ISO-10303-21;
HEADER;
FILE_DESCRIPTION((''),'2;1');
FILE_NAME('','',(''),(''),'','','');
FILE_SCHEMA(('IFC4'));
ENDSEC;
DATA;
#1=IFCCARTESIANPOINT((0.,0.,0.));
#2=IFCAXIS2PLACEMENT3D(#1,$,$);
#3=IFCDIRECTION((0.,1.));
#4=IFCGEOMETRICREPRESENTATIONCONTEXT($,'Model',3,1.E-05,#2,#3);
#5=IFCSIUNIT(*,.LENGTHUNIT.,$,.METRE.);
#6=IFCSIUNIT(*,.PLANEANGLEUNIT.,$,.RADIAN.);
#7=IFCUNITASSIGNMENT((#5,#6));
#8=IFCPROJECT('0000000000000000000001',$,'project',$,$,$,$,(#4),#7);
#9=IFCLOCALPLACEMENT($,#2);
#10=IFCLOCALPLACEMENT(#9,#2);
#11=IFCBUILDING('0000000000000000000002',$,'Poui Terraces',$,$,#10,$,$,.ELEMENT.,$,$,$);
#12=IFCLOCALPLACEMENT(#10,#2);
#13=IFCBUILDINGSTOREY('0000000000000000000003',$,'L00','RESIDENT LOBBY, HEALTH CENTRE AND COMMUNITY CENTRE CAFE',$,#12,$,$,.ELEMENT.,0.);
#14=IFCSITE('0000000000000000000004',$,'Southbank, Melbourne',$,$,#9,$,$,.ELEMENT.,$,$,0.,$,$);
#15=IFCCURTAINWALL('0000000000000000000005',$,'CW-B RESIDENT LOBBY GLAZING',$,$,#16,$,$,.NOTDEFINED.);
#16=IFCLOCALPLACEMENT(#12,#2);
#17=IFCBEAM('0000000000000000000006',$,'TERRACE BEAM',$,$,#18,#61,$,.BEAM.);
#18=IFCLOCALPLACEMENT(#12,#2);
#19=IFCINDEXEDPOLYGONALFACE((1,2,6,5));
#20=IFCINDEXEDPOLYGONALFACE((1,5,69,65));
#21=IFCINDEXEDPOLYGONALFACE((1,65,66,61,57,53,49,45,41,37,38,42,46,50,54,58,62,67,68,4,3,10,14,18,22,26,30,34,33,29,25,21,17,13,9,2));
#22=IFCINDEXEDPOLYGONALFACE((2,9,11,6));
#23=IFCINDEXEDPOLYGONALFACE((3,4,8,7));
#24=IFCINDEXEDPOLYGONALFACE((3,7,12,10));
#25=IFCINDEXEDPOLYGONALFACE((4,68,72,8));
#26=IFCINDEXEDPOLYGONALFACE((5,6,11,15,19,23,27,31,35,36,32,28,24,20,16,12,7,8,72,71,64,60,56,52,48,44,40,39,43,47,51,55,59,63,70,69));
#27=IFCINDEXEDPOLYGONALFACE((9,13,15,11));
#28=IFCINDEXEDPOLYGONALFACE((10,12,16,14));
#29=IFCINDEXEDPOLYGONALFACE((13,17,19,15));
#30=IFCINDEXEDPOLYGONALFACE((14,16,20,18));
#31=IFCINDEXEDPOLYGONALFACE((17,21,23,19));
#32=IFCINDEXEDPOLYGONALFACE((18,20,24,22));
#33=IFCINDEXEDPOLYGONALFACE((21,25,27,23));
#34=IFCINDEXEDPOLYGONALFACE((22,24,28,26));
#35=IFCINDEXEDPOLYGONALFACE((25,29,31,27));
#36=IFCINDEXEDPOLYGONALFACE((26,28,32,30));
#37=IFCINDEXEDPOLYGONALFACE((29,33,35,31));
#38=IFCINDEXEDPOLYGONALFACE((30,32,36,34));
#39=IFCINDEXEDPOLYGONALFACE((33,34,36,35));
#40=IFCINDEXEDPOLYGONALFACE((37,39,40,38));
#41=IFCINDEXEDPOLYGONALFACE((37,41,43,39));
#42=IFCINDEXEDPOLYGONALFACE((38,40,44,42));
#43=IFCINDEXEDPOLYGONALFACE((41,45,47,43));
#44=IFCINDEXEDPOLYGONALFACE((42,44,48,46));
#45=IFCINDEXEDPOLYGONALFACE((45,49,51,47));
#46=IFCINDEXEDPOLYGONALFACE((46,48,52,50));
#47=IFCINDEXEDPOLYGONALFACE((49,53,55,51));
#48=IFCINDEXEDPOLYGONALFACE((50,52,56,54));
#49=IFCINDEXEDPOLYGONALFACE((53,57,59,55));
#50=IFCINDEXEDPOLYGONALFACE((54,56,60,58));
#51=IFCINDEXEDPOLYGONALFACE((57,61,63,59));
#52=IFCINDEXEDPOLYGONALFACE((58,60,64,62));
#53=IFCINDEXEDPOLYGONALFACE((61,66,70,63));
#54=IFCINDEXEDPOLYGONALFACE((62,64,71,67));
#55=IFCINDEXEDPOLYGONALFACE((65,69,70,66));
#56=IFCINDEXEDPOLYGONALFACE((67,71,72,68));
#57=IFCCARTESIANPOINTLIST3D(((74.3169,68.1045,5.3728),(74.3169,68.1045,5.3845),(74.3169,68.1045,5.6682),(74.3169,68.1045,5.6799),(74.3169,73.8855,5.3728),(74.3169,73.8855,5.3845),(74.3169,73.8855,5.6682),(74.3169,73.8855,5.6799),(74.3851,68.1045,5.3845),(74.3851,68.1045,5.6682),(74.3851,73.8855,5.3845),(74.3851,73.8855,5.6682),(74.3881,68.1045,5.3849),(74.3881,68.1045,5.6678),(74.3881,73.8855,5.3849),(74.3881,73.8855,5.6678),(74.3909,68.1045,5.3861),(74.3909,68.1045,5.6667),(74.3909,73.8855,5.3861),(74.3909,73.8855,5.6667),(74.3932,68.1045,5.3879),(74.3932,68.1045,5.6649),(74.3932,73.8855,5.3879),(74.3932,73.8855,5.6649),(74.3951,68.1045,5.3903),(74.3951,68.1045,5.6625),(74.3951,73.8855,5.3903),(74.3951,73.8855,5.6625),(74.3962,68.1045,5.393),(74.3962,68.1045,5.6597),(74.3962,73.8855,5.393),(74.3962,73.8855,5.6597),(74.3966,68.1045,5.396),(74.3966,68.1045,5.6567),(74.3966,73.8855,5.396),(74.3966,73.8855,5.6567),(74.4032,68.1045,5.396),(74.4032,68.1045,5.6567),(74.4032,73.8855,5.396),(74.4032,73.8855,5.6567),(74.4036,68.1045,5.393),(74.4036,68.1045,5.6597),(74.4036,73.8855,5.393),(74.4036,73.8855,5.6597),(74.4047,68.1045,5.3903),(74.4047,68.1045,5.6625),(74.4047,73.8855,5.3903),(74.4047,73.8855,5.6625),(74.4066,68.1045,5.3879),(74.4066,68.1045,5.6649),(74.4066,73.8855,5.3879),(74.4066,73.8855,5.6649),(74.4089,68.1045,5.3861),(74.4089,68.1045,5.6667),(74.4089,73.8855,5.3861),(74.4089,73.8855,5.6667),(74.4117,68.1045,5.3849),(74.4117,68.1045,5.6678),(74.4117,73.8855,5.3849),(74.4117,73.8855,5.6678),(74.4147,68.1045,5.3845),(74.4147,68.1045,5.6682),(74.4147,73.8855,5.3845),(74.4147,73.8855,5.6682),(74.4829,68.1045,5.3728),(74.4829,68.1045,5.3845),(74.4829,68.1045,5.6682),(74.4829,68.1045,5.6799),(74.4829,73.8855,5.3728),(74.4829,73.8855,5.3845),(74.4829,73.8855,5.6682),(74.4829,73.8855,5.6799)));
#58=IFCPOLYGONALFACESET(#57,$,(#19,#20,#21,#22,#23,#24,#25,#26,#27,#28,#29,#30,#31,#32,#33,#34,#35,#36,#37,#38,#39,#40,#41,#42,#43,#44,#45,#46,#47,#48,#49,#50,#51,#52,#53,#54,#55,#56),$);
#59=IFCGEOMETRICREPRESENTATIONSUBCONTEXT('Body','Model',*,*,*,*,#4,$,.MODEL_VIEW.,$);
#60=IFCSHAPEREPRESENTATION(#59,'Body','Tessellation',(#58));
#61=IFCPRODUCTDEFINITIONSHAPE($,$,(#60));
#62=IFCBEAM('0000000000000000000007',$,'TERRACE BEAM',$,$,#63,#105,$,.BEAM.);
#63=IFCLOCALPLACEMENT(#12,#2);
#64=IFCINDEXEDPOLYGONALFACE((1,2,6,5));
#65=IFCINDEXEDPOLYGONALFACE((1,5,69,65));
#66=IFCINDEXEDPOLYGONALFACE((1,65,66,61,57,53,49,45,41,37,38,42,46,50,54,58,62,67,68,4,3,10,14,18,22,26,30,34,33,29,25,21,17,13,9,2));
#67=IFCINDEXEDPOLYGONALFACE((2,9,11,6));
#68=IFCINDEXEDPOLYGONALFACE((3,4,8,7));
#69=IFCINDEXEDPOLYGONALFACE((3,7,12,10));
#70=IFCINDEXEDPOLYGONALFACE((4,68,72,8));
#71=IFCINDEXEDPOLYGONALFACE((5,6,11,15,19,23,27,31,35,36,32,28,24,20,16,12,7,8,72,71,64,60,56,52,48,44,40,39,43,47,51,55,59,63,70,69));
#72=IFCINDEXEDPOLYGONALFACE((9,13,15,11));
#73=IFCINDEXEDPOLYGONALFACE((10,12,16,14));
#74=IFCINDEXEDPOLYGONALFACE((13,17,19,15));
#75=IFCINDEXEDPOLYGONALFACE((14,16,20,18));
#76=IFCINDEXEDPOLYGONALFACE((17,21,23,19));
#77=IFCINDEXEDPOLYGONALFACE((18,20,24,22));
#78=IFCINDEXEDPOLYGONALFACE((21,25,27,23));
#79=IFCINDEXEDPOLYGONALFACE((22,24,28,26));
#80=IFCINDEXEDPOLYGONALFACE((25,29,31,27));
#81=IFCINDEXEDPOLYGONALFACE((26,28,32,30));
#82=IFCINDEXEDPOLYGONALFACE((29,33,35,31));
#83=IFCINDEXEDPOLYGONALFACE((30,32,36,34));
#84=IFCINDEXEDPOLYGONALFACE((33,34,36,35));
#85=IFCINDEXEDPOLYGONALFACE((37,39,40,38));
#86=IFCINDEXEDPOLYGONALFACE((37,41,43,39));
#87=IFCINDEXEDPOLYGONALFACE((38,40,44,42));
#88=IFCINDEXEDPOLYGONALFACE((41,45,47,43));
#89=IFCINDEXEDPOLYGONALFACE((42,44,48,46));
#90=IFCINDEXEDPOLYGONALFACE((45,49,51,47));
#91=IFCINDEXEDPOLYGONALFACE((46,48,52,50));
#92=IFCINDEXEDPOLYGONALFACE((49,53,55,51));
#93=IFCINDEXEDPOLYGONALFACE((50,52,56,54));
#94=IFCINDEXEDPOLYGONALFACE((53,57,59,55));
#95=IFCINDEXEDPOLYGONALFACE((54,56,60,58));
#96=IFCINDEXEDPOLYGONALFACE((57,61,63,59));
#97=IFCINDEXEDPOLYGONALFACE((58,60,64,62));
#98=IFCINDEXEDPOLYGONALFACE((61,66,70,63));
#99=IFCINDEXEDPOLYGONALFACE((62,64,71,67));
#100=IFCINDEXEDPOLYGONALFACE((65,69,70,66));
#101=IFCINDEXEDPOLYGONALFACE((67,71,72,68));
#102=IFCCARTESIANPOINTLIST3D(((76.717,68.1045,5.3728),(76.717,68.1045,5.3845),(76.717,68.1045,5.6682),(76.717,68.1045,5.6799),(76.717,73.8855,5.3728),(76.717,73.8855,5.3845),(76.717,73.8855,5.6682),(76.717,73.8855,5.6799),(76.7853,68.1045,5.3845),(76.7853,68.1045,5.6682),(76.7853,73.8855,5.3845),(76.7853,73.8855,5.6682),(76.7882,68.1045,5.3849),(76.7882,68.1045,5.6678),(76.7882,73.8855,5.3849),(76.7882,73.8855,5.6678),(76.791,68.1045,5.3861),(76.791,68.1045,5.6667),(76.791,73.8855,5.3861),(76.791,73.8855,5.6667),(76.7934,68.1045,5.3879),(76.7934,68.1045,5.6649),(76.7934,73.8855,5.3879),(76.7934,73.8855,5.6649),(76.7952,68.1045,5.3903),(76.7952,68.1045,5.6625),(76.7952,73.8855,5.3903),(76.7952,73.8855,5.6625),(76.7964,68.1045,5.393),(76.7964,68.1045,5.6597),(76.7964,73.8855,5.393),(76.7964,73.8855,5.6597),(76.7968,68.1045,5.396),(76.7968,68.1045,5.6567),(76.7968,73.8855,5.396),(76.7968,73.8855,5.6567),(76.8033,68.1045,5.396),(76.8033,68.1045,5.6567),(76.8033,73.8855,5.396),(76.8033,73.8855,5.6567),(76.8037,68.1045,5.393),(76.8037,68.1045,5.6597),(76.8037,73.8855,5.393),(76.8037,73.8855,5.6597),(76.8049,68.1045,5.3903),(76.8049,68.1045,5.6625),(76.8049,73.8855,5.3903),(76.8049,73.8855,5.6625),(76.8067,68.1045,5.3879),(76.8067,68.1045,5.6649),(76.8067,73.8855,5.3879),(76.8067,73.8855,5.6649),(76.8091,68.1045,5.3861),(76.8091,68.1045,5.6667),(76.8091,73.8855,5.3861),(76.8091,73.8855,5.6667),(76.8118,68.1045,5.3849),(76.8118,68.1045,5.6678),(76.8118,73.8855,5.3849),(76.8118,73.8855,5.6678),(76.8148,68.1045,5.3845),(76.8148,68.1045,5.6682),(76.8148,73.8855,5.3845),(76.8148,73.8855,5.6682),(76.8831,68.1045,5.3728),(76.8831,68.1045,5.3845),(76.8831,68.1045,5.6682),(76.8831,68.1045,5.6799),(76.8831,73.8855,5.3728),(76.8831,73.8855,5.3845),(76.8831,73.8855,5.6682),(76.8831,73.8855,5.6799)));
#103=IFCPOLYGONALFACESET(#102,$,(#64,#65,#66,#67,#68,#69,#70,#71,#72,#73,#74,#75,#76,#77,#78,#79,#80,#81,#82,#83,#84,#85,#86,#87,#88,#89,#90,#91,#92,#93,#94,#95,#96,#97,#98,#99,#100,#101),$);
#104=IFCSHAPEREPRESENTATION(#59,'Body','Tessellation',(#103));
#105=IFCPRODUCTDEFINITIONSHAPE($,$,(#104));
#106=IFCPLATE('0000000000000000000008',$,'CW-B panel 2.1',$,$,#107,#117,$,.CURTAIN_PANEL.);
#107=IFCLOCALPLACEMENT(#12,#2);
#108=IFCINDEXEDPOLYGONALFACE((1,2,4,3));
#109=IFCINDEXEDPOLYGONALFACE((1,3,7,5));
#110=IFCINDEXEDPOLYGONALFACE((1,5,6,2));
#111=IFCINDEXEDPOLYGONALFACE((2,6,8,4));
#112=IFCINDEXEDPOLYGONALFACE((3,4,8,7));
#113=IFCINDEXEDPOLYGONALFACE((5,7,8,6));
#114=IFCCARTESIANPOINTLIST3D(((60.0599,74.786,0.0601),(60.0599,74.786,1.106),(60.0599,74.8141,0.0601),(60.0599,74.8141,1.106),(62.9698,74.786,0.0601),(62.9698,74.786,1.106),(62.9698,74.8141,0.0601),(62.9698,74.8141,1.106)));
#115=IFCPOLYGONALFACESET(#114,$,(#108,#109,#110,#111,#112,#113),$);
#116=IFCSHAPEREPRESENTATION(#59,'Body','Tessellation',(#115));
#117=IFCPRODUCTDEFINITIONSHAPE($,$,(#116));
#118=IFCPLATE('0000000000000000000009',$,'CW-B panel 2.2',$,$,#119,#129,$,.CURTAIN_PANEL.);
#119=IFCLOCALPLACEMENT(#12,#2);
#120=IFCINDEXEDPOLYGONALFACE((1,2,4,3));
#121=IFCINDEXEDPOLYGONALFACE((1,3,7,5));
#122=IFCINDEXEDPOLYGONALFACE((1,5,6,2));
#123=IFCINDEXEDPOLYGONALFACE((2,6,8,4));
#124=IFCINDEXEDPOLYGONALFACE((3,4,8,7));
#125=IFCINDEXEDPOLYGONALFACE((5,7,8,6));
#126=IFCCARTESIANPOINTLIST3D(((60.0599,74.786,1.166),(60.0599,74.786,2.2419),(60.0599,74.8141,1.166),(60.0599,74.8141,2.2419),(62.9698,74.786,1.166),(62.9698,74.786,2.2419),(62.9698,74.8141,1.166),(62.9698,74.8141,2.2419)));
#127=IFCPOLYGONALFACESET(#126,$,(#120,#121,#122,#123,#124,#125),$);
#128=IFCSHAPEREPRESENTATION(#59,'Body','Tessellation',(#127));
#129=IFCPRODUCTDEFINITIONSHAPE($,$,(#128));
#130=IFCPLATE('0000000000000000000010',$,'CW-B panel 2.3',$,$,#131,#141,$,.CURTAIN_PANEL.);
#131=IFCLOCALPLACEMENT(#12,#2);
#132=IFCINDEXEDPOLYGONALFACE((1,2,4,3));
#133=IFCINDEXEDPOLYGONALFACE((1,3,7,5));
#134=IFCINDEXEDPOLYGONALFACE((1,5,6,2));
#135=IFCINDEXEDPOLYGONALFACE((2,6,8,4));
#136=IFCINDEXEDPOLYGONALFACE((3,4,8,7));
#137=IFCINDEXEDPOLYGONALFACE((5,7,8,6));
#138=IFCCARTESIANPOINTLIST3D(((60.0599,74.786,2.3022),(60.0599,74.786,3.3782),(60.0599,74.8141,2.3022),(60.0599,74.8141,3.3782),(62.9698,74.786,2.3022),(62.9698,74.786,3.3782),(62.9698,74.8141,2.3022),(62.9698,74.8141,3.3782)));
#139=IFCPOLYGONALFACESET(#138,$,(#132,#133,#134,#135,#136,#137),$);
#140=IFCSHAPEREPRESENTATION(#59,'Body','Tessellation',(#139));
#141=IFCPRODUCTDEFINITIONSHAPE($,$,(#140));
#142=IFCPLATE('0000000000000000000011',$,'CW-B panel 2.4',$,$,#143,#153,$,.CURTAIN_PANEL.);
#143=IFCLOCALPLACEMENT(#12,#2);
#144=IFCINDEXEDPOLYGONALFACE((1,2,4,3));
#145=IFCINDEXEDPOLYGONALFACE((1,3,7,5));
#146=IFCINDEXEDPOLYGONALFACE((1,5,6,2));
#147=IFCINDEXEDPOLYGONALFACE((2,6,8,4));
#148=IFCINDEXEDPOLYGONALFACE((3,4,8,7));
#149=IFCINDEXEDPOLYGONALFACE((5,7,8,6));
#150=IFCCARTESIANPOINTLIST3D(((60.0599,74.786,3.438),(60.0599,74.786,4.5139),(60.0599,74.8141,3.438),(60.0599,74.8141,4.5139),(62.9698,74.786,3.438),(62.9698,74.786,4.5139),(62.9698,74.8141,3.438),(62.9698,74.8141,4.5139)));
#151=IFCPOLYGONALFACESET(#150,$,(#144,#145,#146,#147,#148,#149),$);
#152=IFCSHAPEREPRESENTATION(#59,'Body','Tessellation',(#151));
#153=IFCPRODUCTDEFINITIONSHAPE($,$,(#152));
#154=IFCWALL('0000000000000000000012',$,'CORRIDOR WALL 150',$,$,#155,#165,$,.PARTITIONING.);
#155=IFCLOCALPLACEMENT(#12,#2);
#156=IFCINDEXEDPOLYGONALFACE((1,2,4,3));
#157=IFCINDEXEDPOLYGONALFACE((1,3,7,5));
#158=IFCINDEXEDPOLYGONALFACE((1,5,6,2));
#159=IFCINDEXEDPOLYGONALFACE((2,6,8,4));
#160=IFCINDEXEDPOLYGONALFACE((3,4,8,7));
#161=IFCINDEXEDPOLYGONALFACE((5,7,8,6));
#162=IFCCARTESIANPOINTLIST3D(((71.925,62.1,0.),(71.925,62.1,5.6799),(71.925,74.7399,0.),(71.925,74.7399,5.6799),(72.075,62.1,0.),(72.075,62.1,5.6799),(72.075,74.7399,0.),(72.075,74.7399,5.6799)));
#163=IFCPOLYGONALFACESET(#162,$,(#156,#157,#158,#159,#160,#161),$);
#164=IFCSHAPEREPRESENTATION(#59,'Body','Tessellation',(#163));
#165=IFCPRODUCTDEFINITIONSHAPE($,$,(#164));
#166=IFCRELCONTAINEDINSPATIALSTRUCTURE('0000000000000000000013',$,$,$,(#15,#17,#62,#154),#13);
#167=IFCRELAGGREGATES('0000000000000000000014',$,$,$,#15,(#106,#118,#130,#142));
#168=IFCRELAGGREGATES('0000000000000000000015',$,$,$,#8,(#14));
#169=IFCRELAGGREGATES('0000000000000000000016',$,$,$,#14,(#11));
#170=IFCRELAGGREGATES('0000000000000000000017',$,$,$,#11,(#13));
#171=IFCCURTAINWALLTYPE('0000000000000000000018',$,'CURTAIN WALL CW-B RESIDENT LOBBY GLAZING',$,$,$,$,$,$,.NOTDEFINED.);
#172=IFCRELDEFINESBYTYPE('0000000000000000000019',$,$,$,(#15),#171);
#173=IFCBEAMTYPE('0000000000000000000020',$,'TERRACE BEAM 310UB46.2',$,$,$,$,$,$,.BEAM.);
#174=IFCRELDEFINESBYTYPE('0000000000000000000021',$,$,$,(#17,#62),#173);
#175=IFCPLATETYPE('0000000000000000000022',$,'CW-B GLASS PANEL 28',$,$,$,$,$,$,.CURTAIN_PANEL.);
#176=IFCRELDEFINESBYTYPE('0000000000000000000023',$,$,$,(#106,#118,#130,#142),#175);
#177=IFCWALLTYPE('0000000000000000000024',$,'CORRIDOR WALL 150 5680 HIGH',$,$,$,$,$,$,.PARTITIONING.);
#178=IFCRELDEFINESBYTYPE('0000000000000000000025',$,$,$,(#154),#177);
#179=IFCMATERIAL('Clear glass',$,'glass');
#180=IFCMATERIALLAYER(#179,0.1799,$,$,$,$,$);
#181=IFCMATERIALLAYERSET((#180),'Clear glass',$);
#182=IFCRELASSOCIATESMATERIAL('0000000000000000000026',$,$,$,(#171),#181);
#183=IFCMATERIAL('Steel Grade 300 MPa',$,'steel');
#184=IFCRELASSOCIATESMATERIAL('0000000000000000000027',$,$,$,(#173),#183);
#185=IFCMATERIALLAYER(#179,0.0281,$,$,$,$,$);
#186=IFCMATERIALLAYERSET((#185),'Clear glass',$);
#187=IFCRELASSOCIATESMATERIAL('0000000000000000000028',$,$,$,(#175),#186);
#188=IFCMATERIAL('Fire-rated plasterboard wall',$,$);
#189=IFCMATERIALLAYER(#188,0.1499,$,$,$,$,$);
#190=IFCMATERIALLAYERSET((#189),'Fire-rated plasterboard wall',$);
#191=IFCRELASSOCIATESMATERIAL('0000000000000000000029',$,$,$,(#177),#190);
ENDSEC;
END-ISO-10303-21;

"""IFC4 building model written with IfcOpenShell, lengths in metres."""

from ifc_helpers import new_model, si_unit, direction, frame, frame_2d, origin, origin_2d, place, context, subcontext, project, spatial, rectangle, i_section, extrude, source, transform, mapped, material, layer, layer_set, material_profile, profile_set, type_object, element, aggregate, save


model = new_model("IFC4")

# Units and contexts
model_context = context("Model", 3, precision=1e-05, world=origin(), true_north=direction((0.0, 1.0)))
body_context = subcontext(model_context, "Body", "Model", "MODEL_VIEW")
ifc_project = project(units=[si_unit("LENGTHUNIT", "METRE"), si_unit("PLANEANGLEUNIT", "RADIAN")], contexts=[model_context])

# Site, building, storey
site_placement = place(None, origin())
site = spatial("IfcSite", under=ifc_project, at=site_placement, Name="Southbank, Melbourne", CompositionType="ELEMENT", RefElevation=0.0)
building_placement = place(site_placement, origin())
building = spatial("IfcBuilding", under=site, at=building_placement, Name="Poui Terraces", CompositionType="ELEMENT")
storey_placement = place(building_placement, origin())
storey = spatial("IfcBuildingStorey", under=building, at=storey_placement, Name="L00", Description="RESIDENT LOBBY, HEALTH CENTRE AND COMMUNITY CENTRE CAFE", CompositionType="ELEMENT", Elevation=0.0)

# Curtain wall
ifc_material_1 = material(Name="Clear glass", Category="glass")
ifc_layer_1 = layer(ifc_material_1, 0.1799)
ifc_layer_set_1 = layer_set([ifc_layer_1], Name="Clear glass")
curtain_wall_type = type_object("IfcCurtainWallType", Name="CURTAIN WALL CW-B RESIDENT LOBBY GLAZING", PredefinedType="NOTDEFINED", material=ifc_layer_set_1)
curtain_wall_placement = place(storey_placement, origin())
curtain_wall = element("IfcCurtainWall", 1, at=curtain_wall_placement, inside=storey, type_object=curtain_wall_type, Name="CW-B RESIDENT LOBBY GLAZING", PredefinedType="NOTDEFINED")

# Beams
ifc_material_2 = material(Name="Steel Grade 300 MPa", Category="steel")
ifc_material_profile_1 = material_profile(ifc_material_2, i_section(OverallWidth=0.166, OverallDepth=0.3071, WebThickness=0.0066, FlangeThickness=0.0117, FilletRadius=0.0115, at=origin_2d()), Name="310UB46.2")
ifc_profile_set_1 = profile_set([ifc_material_profile_1], Name="Steel Grade 300 MPa")
beam_type_1 = type_object("IfcBeamType", Name="TERRACE BEAM 310UB46.2", PredefinedType="BEAM", material=ifc_profile_set_1)
shared_shape_1 = source(origin(), body_context, "Body", "SweptSolid", [
    extrude(i_section(OverallWidth=0.166, OverallDepth=0.3071, WebThickness=0.0066, FlangeThickness=0.0117, FilletRadius=0.0115, at=origin_2d()), origin(), (0.0, 0.0, 1.0), 5.781),
])
for number, where, z_axis, x_axis, name in (
    (2, (74.3999, 68.1045, 5.5264), (0.0, 1.0, 0.0), (-1.0, 0.0, 0.0), "TERRACE BEAM"),
    (3, (76.8, 68.1045, 5.5264), (0.0, 1.0, 0.0), (-1.0, 0.0, 0.0), "TERRACE BEAM"),
):
    element("IfcBeam", number, at=place(storey_placement, frame(where, z_axis=z_axis, x_axis=x_axis)), inside=storey, type_object=beam_type_1, Name=name, PredefinedType="BEAM", context=body_context, shape_type="MappedRepresentation", body=[
        mapped(shared_shape_1, transform((0.0, 0.0, 0.0))),
    ])

# Plates
ifc_layer_2 = layer(ifc_material_1, 0.0281)
ifc_layer_set_2 = layer_set([ifc_layer_2], Name="Clear glass")
plate_type = type_object("IfcPlateType", Name="CW-B GLASS PANEL 28", PredefinedType="CURTAIN_PANEL", material=ifc_layer_set_2)
plate_1_placement = place(storey_placement, frame((61.5149, 74.8, 0.0601), z_axis=(0.0, 0.0, 1.0), x_axis=(-1.0, 0.0, 0.0)))
plate_1 = element("IfcPlate", 4, at=plate_1_placement, type_object=plate_type, Name="CW-B panel 2.1", PredefinedType="CURTAIN_PANEL", context=body_context, shape_type="SweptSolid", body=[
    extrude(rectangle(XDim=2.9099, YDim=0.0281, at=origin_2d()), origin(), (0.0, 0.0, 1.0), 1.0459),
])
plate_2_placement = place(storey_placement, frame((61.5149, 74.8, 1.166), z_axis=(0.0, 0.0, 1.0), x_axis=(-1.0, 0.0, 0.0)))
plate_2 = element("IfcPlate", 5, at=plate_2_placement, type_object=plate_type, Name="CW-B panel 2.2", PredefinedType="CURTAIN_PANEL", context=body_context, shape_type="SweptSolid", body=[
    extrude(rectangle(XDim=2.9099, YDim=0.0281, at=origin_2d()), origin(), (0.0, 0.0, 1.0), 1.0759),
])
plate_3_placement = place(storey_placement, frame((61.5149, 74.8, 2.3022), z_axis=(0.0, 0.0, 1.0), x_axis=(-1.0, 0.0, 0.0)))
plate_3 = element("IfcPlate", 6, at=plate_3_placement, type_object=plate_type, Name="CW-B panel 2.3", PredefinedType="CURTAIN_PANEL", context=body_context, shape_type="SweptSolid", body=[
    extrude(rectangle(XDim=2.9099, YDim=0.0281, at=origin_2d()), origin(), (0.0, 0.0, 1.0), 1.0759),
])
plate_4_placement = place(storey_placement, frame((61.5149, 74.8, 3.438), z_axis=(0.0, 0.0, 1.0), x_axis=(-1.0, 0.0, 0.0)))
plate_4 = element("IfcPlate", 7, at=plate_4_placement, type_object=plate_type, Name="CW-B panel 2.4", PredefinedType="CURTAIN_PANEL", context=body_context, shape_type="SweptSolid", body=[
    extrude(rectangle(XDim=2.9099, YDim=0.0281, at=origin_2d()), origin(), (0.0, 0.0, 1.0), 1.0759),
])
aggregate(curtain_wall, [plate_1, plate_2, plate_3, plate_4])

# Wall
ifc_material_3 = material(Name="Fire-rated plasterboard wall")
ifc_layer_3 = layer(ifc_material_3, 0.1499)
ifc_layer_set_3 = layer_set([ifc_layer_3], Name="Fire-rated plasterboard wall")
wall_type = type_object("IfcWallType", Name="CORRIDOR WALL 150 5680 HIGH", PredefinedType="PARTITIONING", material=ifc_layer_set_3)
wall_placement = place(storey_placement, frame((72.0, 62.1001, 0.0), z_axis=(0.0, 0.0, 1.0), x_axis=(0.0, 1.0, 0.0)))
element("IfcWall", 8, at=wall_placement, inside=storey, type_object=wall_type, Name="CORRIDOR WALL 150", PredefinedType="PARTITIONING", context=body_context, shape_type="SweptSolid", body=[
    extrude(rectangle(XDim=12.6399, YDim=0.1499, at=frame_2d((6.3198, 0.0))), origin(), (0.0, 0.0, 1.0), 5.6799),
])

save(model, "model.ifc")
